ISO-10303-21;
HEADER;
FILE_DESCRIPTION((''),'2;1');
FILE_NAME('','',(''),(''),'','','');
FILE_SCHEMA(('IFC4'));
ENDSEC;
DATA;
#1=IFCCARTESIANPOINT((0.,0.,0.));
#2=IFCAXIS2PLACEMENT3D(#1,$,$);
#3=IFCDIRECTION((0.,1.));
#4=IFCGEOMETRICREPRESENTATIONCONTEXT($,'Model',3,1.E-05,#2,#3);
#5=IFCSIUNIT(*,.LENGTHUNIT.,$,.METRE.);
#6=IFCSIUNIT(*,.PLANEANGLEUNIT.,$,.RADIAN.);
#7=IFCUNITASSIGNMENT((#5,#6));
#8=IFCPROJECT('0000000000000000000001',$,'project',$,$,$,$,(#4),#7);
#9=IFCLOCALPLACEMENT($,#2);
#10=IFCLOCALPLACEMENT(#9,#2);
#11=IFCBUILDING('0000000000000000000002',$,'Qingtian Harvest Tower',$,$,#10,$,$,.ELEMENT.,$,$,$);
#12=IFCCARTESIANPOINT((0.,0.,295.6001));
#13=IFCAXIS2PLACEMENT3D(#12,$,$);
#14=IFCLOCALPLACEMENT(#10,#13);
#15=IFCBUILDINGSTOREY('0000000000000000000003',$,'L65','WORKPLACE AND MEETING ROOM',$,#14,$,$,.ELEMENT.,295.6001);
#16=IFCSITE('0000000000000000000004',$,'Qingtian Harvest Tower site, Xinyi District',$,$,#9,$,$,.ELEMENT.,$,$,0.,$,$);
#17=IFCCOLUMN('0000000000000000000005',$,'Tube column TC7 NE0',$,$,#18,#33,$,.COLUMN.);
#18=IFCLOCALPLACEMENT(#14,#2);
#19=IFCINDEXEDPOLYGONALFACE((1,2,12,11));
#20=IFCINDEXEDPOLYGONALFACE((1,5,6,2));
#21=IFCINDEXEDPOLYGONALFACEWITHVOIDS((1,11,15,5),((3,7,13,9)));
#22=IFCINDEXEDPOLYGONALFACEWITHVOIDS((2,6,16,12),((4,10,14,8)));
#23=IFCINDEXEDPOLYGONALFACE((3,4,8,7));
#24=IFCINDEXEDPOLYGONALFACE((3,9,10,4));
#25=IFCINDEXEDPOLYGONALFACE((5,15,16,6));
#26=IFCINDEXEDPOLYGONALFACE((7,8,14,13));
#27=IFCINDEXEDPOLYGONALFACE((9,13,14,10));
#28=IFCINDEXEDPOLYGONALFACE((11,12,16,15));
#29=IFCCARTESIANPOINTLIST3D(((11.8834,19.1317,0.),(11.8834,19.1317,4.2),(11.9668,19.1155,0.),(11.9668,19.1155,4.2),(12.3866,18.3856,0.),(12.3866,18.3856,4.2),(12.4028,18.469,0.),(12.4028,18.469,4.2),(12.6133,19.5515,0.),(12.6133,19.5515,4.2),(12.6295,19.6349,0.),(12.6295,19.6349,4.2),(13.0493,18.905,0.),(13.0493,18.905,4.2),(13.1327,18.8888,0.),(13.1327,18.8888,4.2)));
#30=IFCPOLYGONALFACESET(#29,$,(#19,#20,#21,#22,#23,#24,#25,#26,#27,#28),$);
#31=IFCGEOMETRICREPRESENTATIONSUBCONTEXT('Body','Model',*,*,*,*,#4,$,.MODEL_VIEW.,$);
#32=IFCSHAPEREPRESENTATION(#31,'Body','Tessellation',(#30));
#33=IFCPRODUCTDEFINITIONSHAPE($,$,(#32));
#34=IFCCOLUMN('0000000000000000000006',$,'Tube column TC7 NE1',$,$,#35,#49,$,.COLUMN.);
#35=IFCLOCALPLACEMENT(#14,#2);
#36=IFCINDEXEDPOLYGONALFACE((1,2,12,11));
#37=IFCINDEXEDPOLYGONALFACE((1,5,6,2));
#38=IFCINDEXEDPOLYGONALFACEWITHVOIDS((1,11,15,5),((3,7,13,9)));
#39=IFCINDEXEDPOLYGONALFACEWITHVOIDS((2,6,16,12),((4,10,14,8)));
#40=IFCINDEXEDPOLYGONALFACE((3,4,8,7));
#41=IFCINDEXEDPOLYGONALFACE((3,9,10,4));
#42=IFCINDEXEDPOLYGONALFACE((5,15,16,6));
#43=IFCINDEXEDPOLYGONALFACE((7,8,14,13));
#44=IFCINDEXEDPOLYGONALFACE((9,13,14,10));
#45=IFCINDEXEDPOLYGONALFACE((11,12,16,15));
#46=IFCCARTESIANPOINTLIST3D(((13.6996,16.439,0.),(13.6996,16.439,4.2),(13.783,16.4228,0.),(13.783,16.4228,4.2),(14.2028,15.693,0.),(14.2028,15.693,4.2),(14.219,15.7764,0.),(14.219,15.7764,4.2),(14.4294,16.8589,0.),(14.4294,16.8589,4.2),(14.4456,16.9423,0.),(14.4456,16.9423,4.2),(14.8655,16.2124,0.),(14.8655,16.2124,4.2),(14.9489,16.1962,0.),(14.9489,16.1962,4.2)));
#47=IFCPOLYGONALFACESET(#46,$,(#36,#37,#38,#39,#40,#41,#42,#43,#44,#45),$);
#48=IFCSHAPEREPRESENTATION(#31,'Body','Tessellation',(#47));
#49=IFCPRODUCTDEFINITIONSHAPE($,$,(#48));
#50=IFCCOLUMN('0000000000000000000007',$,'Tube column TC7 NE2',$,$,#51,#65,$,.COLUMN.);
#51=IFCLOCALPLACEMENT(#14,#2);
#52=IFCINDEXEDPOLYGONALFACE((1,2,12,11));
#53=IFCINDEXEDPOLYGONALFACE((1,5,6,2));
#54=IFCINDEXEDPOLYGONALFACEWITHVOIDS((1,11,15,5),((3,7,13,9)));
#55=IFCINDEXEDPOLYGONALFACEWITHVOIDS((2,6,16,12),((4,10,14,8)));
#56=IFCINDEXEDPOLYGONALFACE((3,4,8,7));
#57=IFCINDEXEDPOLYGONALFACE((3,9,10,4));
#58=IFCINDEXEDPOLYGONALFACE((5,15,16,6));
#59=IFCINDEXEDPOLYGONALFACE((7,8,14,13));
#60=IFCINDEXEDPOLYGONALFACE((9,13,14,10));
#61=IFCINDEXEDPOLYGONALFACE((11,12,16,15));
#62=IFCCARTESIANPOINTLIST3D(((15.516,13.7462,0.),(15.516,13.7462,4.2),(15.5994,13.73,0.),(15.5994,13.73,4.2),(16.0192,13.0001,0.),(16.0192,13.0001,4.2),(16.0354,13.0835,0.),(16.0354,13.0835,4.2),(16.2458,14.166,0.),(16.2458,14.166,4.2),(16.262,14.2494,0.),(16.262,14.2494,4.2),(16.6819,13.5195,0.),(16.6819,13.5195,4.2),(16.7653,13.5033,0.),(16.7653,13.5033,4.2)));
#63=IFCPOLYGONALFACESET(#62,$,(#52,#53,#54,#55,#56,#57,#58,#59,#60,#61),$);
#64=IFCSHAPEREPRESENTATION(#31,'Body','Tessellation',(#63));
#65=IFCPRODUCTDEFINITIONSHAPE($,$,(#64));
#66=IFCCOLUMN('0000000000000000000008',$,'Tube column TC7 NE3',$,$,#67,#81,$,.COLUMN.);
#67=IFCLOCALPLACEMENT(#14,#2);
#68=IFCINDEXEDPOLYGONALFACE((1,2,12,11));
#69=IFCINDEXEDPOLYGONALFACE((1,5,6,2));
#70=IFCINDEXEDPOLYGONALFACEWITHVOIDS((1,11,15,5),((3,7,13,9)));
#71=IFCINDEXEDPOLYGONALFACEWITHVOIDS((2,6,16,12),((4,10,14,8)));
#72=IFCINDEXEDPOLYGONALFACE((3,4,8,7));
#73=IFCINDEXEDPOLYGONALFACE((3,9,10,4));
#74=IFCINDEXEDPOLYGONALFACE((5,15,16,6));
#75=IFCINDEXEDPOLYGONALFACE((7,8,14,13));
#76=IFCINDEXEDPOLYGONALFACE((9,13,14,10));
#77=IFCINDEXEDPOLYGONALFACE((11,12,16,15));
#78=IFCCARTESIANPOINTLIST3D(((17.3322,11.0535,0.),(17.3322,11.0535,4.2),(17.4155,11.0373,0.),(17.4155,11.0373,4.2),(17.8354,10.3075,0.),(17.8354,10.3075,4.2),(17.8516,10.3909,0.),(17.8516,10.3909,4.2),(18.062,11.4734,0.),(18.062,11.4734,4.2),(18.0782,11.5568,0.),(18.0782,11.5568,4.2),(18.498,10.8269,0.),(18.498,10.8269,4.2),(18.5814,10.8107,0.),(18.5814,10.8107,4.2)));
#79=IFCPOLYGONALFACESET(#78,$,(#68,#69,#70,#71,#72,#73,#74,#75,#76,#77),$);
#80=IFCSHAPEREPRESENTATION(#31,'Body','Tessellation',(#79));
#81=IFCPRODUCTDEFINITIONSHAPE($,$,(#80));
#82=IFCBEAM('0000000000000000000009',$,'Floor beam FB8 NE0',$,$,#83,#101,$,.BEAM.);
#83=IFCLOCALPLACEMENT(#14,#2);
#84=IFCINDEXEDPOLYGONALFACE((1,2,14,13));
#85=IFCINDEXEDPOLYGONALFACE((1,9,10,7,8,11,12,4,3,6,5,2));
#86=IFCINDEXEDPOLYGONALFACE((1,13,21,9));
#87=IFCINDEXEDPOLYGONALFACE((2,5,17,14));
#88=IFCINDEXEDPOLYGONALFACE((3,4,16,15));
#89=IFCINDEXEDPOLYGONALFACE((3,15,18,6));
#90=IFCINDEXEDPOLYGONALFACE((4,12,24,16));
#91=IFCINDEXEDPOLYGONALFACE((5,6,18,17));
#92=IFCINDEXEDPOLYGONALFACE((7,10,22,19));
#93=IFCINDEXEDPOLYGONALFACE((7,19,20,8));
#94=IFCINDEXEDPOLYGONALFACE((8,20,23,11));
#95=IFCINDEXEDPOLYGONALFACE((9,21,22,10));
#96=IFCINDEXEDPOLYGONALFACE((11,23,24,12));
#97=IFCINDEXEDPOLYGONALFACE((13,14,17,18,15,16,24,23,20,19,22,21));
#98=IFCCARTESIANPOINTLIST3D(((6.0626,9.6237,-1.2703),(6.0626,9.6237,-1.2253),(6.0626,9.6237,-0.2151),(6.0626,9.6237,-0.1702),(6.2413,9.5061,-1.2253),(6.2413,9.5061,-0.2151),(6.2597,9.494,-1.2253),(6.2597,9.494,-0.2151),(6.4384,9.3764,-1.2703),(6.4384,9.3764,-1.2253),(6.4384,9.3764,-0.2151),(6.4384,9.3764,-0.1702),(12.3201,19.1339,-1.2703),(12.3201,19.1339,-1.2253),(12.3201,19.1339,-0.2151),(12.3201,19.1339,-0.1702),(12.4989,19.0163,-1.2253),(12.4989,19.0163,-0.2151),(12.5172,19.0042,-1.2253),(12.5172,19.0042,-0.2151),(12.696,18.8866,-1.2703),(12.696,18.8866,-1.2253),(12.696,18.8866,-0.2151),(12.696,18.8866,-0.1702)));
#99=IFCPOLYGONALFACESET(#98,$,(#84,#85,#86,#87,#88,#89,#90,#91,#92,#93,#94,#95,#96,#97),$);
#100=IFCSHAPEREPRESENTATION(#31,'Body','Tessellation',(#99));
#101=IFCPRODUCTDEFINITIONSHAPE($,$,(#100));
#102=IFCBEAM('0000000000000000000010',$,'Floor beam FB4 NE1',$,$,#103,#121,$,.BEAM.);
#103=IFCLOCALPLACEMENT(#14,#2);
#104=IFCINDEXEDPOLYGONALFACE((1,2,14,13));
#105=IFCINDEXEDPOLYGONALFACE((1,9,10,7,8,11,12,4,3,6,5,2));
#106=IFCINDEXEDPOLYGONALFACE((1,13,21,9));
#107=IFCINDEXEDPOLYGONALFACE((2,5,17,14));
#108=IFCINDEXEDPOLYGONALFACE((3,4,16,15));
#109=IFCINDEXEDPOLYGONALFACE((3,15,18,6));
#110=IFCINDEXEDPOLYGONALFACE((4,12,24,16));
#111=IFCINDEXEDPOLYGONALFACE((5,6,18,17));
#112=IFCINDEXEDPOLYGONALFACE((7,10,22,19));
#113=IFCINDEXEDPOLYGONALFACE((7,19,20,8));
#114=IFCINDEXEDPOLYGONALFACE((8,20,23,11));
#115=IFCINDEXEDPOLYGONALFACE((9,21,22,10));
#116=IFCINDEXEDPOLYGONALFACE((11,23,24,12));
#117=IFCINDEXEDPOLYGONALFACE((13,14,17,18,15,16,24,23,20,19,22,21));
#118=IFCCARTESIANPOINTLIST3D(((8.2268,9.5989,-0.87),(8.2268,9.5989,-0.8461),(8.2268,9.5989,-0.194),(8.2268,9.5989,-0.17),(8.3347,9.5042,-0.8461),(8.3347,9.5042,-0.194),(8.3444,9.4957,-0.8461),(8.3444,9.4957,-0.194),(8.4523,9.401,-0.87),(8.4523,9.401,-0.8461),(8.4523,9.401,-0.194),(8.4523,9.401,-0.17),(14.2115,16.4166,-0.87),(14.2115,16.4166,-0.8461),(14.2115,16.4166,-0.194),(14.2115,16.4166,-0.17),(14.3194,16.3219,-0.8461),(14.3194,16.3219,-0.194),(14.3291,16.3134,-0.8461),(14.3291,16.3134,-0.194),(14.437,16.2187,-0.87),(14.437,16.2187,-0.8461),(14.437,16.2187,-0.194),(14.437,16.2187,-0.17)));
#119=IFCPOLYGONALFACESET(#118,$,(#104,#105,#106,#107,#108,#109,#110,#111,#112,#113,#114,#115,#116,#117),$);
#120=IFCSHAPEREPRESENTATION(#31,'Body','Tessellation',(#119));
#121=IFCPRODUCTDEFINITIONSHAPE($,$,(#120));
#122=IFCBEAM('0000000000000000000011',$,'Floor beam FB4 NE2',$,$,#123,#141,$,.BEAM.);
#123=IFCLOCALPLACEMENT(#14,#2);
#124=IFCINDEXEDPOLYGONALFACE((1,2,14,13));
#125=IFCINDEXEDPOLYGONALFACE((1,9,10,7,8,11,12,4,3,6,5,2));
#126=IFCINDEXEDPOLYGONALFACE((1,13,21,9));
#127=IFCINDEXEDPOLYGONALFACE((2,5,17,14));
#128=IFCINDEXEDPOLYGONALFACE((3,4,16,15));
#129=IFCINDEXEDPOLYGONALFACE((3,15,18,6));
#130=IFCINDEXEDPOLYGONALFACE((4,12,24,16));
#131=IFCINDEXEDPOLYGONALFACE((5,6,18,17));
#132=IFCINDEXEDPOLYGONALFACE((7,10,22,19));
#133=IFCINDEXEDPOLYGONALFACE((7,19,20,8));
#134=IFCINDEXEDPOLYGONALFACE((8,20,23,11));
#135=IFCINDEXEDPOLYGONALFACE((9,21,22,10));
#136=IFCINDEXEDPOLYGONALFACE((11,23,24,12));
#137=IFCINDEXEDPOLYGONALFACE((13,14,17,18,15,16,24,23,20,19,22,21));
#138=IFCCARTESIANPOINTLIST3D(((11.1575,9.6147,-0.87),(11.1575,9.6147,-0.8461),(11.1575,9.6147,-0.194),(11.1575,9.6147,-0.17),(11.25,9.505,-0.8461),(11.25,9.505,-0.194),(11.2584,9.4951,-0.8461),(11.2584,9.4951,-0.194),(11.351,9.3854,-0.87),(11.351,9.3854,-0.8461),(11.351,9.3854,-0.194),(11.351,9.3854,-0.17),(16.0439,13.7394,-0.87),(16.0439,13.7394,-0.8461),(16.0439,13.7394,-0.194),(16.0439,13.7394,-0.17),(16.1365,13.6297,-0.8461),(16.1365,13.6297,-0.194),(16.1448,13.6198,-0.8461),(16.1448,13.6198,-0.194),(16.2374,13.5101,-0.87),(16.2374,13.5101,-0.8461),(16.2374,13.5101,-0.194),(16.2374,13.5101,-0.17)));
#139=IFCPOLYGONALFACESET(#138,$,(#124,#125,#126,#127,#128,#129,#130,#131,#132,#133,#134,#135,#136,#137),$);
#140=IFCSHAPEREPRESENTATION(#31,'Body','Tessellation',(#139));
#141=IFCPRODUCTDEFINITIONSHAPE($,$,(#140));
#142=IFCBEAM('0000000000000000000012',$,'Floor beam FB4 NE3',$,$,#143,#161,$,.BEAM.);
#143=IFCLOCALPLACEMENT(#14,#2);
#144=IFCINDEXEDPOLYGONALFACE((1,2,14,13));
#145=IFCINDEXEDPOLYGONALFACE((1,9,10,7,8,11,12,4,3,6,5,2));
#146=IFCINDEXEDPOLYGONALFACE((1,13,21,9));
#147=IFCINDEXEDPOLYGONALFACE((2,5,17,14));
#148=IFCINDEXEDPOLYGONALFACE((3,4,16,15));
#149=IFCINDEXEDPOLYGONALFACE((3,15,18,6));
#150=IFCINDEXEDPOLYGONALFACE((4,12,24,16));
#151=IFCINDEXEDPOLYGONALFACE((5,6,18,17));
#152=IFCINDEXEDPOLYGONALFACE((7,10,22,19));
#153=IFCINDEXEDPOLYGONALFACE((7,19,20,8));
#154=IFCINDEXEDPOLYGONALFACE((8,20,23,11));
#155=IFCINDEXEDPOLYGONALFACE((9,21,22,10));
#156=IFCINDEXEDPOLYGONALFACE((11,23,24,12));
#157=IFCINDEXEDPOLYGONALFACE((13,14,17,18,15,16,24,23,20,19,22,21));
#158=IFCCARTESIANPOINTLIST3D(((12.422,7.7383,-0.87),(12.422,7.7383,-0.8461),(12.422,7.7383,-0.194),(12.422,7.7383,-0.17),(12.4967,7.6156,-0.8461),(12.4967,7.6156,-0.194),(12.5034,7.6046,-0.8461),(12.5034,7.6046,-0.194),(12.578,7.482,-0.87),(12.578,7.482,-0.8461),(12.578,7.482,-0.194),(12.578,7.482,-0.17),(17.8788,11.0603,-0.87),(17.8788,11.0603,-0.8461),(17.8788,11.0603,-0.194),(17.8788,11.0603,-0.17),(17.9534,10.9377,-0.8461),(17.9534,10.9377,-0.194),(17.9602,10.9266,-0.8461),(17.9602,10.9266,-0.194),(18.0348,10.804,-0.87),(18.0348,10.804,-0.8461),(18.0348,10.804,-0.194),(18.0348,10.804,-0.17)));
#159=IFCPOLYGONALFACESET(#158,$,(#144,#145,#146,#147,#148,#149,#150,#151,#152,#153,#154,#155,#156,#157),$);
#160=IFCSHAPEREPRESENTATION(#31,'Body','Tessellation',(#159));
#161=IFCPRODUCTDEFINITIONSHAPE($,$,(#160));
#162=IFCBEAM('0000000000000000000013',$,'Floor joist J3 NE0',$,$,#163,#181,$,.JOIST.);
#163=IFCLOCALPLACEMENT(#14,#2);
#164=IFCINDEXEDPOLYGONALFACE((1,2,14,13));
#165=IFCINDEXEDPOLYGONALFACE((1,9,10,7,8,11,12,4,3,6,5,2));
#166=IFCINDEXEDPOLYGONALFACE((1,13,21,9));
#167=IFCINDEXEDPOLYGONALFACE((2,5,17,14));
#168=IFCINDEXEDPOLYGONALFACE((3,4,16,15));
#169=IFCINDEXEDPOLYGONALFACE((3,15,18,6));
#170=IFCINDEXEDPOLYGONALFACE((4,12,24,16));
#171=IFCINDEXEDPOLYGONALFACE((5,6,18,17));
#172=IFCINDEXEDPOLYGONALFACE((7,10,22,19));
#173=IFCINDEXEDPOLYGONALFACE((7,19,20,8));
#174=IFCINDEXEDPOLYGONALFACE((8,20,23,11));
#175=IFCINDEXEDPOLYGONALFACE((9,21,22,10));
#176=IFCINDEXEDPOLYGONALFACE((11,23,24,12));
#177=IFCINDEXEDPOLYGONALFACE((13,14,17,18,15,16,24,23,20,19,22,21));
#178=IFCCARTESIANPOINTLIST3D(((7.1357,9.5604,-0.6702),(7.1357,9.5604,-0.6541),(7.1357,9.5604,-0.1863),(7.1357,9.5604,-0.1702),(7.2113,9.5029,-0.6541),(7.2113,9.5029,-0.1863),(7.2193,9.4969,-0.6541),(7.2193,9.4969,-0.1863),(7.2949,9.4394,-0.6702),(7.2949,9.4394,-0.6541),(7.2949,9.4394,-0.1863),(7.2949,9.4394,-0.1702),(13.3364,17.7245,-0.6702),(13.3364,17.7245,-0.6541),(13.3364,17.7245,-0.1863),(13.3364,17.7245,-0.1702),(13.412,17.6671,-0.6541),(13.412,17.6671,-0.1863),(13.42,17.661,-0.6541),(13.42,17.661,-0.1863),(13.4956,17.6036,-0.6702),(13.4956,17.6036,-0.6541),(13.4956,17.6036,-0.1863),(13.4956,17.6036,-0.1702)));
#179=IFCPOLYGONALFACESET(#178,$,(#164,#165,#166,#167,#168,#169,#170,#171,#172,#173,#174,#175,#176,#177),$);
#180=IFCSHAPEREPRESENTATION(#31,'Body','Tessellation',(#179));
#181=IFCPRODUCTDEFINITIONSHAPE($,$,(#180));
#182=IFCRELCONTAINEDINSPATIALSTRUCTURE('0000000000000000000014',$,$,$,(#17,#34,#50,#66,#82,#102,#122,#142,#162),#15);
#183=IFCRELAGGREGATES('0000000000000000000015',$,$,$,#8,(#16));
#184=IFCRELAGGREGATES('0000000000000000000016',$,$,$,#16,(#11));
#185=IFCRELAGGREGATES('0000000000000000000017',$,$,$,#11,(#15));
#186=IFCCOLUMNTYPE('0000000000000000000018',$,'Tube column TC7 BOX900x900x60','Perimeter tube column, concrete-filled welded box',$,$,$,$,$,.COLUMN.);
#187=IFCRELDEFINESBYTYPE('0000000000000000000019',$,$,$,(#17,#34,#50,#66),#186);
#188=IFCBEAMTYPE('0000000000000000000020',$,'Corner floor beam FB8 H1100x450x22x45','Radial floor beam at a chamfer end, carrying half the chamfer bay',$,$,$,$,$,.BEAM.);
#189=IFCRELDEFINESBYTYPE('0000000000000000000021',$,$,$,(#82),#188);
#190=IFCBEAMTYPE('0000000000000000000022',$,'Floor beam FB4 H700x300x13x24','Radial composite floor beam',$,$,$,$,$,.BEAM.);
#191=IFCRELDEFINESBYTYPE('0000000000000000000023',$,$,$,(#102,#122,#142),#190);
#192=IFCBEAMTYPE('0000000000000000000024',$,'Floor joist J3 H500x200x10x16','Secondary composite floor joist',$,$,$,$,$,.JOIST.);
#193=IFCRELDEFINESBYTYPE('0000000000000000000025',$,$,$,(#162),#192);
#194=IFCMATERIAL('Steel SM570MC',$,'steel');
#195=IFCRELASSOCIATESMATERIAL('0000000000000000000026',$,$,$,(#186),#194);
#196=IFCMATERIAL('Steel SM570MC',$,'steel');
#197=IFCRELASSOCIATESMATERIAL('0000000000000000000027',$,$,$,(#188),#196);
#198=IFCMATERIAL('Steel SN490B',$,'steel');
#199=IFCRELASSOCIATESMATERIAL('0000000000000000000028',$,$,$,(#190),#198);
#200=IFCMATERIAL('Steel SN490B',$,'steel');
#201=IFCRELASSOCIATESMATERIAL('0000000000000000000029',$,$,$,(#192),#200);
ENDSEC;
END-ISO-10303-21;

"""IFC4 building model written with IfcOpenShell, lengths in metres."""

from ifc_helpers import new_model, si_unit, direction, frame, origin, origin_2d, place, context, subcontext, project, spatial, hollow_rectangle, i_section, extrude, material, material_profile, profile_set, type_object, element, save


model = new_model("IFC4")

# Units and contexts
model_context = context("Model", 3, precision=1e-05, world=origin(), true_north=direction((0.0, 1.0)))
body_context = subcontext(model_context, "Body", "Model", "MODEL_VIEW")
ifc_project = project(units=[si_unit("LENGTHUNIT", "METRE"), si_unit("PLANEANGLEUNIT", "RADIAN")], contexts=[model_context])

# Site, building, storey
site_placement = place(None, origin())
site = spatial("IfcSite", under=ifc_project, at=site_placement, Name="Qingtian Harvest Tower site, Xinyi District", CompositionType="ELEMENT", RefElevation=0.0)
building_placement = place(site_placement, origin())
building = spatial("IfcBuilding", under=site, at=building_placement, Name="Qingtian Harvest Tower", CompositionType="ELEMENT")
storey_placement = place(building_placement, frame((0.0, 0.0, 295.6001)))
storey = spatial("IfcBuildingStorey", under=building, at=storey_placement, Name="L65", Description="WORKPLACE AND MEETING ROOM", CompositionType="ELEMENT", Elevation=295.6001)

# Columns
ifc_material_1 = material(Name="Steel SM570MC", Category="steel")
ifc_material_profile_1 = material_profile(ifc_material_1, hollow_rectangle(XDim=0.8999, YDim=0.8999, WallThickness=0.0601, at=origin_2d()), Name="BOX900x900x60")
ifc_profile_set_1 = profile_set([ifc_material_profile_1], Name="Steel SM570MC")
column_type = type_object("IfcColumnType", Name="Tube column TC7 BOX900x900x60", Description="Perimeter tube column, concrete-filled welded box", PredefinedType="COLUMN", material=ifc_profile_set_1)
for number, where, z_axis, x_axis, name in (
    (1, (12.5081, 19.0103, 0.0), (0.0, 0.0, 1.0), (-0.559193, 0.829038, 0.0), "Tube column TC7 NE0"),
    (2, (14.3242, 16.3176, 0.0), (0.0, 0.0, 1.0), (-0.559193, 0.829038, 0.0), "Tube column TC7 NE1"),
    (3, (16.1406, 13.6248, 0.0), (0.0, 0.0, 1.0), (-0.559193, 0.829038, 0.0), "Tube column TC7 NE2"),
    (4, (17.9568, 10.9321, 0.0), (0.0, 0.0, 1.0), (-0.559193, 0.829038, 0.0), "Tube column TC7 NE3"),
):
    element("IfcColumn", number, at=place(storey_placement, frame(where, z_axis=z_axis, x_axis=x_axis)), inside=storey, type_object=column_type, Name=name, PredefinedType="COLUMN", context=body_context, shape_type="SweptSolid", body=[
        extrude(hollow_rectangle(XDim=0.8999, YDim=0.8999, WallThickness=0.0601, at=origin_2d()), origin(), (0.0, 0.0, 1.0), 4.2),
    ])

# Beams
ifc_material_2 = material(Name="Steel SM570MC", Category="steel")
ifc_material_profile_2 = material_profile(ifc_material_2, i_section(OverallWidth=0.45, OverallDepth=1.1001, WebThickness=0.022, FlangeThickness=0.0449, at=origin_2d()), Name="H1100x450x22x45")
ifc_profile_set_2 = profile_set([ifc_material_profile_2], Name="Steel SM570MC")
beam_type_1 = type_object("IfcBeamType", Name="Corner floor beam FB8 H1100x450x22x45", Description="Radial floor beam at a chamfer end, carrying half the chamfer bay", PredefinedType="BEAM", material=ifc_profile_set_2)
beam_1_placement = place(storey_placement, frame((12.5081, 19.0103, -0.7202), z_axis=(-0.549667, -0.835384, 0.0), x_axis=(0.835384, -0.549667, 0.0)))
element("IfcBeam", 5, at=beam_1_placement, inside=storey, type_object=beam_type_1, Name="Floor beam FB8 NE0", PredefinedType="BEAM", context=body_context, shape_type="SweptSolid", body=[
    extrude(i_section(OverallWidth=0.45, OverallDepth=1.1001, WebThickness=0.022, FlangeThickness=0.0449, at=origin_2d()), origin(), (0.0, 0.0, 1.0), 11.3843),
])
ifc_material_3 = material(Name="Steel SN490B", Category="steel")
ifc_material_profile_3 = material_profile(ifc_material_3, i_section(OverallWidth=0.3, OverallDepth=0.7, WebThickness=0.0129, FlangeThickness=0.0239, at=origin_2d()), Name="H700x300x13x24")
ifc_profile_set_3 = profile_set([ifc_material_profile_3], Name="Steel SN490B")
beam_type_2 = type_object("IfcBeamType", Name="Floor beam FB4 H700x300x13x24", Description="Radial composite floor beam", PredefinedType="BEAM", material=ifc_profile_set_3)
beam_2_placement = place(storey_placement, frame((14.3242, 16.3176, -0.52), z_axis=(-0.659702, -0.751527, 0.0), x_axis=(0.751527, -0.659702, 0.0)))
element("IfcBeam", 6, at=beam_2_placement, inside=storey, type_object=beam_type_2, Name="Floor beam FB4 NE1", PredefinedType="BEAM", context=body_context, shape_type="SweptSolid", body=[
    extrude(i_section(OverallWidth=0.3, OverallDepth=0.7, WebThickness=0.0129, FlangeThickness=0.0239, at=origin_2d()), origin(), (0.0, 0.0, 1.0), 9.0718),
])
beam_3_placement = place(storey_placement, frame((16.1406, 13.6248, -0.52), z_axis=(-0.764153, -0.645035, 0.0), x_axis=(0.645035, -0.764153, 0.0)))
element("IfcBeam", 7, at=beam_3_placement, inside=storey, type_object=beam_type_2, Name="Floor beam FB4 NE2", PredefinedType="BEAM", context=body_context, shape_type="SweptSolid", body=[
    extrude(i_section(OverallWidth=0.3, OverallDepth=0.7, WebThickness=0.0129, FlangeThickness=0.0239, at=origin_2d()), origin(), (0.0, 0.0, 1.0), 6.3945),
])
beam_4_placement = place(storey_placement, frame((17.9568, 10.9321, -0.52), z_axis=(-0.854164, -0.520004, 0.0), x_axis=(0.520004, -0.854164, 0.0)))
element("IfcBeam", 8, at=beam_4_placement, inside=storey, type_object=beam_type_2, Name="Floor beam FB4 NE3", PredefinedType="BEAM", context=body_context, shape_type="SweptSolid", body=[
    extrude(i_section(OverallWidth=0.3, OverallDepth=0.7, WebThickness=0.0129, FlangeThickness=0.0239, at=origin_2d()), origin(), (0.0, 0.0, 1.0), 6.3884),
])
ifc_material_4 = material(Name="Steel SN490B", Category="steel")
ifc_material_profile_4 = material_profile(ifc_material_4, i_section(OverallWidth=0.2, OverallDepth=0.5, WebThickness=0.01, FlangeThickness=0.0161, at=origin_2d()), Name="H500x200x10x16")
ifc_profile_set_4 = profile_set([ifc_material_profile_4], Name="Steel SN490B")
beam_type_3 = type_object("IfcBeamType", Name="Floor joist J3 H500x200x10x16", Description="Secondary composite floor joist", PredefinedType="JOIST", material=ifc_profile_set_4)
beam_5_placement = place(storey_placement, frame((13.416, 17.6641, -0.4202), z_axis=(-0.604836, -0.79635, 0.0), x_axis=(0.79635, -0.604836, 0.0)))
element("IfcBeam", 9, at=beam_5_placement, inside=storey, type_object=beam_type_3, Name="Floor joist J3 NE0", PredefinedType="JOIST", context=body_context, shape_type="SweptSolid", body=[
    extrude(i_section(OverallWidth=0.2, OverallDepth=0.5, WebThickness=0.01, FlangeThickness=0.0161, at=origin_2d()), origin(), (0.0, 0.0, 1.0), 10.252),
])

save(model, "model.ifc")
